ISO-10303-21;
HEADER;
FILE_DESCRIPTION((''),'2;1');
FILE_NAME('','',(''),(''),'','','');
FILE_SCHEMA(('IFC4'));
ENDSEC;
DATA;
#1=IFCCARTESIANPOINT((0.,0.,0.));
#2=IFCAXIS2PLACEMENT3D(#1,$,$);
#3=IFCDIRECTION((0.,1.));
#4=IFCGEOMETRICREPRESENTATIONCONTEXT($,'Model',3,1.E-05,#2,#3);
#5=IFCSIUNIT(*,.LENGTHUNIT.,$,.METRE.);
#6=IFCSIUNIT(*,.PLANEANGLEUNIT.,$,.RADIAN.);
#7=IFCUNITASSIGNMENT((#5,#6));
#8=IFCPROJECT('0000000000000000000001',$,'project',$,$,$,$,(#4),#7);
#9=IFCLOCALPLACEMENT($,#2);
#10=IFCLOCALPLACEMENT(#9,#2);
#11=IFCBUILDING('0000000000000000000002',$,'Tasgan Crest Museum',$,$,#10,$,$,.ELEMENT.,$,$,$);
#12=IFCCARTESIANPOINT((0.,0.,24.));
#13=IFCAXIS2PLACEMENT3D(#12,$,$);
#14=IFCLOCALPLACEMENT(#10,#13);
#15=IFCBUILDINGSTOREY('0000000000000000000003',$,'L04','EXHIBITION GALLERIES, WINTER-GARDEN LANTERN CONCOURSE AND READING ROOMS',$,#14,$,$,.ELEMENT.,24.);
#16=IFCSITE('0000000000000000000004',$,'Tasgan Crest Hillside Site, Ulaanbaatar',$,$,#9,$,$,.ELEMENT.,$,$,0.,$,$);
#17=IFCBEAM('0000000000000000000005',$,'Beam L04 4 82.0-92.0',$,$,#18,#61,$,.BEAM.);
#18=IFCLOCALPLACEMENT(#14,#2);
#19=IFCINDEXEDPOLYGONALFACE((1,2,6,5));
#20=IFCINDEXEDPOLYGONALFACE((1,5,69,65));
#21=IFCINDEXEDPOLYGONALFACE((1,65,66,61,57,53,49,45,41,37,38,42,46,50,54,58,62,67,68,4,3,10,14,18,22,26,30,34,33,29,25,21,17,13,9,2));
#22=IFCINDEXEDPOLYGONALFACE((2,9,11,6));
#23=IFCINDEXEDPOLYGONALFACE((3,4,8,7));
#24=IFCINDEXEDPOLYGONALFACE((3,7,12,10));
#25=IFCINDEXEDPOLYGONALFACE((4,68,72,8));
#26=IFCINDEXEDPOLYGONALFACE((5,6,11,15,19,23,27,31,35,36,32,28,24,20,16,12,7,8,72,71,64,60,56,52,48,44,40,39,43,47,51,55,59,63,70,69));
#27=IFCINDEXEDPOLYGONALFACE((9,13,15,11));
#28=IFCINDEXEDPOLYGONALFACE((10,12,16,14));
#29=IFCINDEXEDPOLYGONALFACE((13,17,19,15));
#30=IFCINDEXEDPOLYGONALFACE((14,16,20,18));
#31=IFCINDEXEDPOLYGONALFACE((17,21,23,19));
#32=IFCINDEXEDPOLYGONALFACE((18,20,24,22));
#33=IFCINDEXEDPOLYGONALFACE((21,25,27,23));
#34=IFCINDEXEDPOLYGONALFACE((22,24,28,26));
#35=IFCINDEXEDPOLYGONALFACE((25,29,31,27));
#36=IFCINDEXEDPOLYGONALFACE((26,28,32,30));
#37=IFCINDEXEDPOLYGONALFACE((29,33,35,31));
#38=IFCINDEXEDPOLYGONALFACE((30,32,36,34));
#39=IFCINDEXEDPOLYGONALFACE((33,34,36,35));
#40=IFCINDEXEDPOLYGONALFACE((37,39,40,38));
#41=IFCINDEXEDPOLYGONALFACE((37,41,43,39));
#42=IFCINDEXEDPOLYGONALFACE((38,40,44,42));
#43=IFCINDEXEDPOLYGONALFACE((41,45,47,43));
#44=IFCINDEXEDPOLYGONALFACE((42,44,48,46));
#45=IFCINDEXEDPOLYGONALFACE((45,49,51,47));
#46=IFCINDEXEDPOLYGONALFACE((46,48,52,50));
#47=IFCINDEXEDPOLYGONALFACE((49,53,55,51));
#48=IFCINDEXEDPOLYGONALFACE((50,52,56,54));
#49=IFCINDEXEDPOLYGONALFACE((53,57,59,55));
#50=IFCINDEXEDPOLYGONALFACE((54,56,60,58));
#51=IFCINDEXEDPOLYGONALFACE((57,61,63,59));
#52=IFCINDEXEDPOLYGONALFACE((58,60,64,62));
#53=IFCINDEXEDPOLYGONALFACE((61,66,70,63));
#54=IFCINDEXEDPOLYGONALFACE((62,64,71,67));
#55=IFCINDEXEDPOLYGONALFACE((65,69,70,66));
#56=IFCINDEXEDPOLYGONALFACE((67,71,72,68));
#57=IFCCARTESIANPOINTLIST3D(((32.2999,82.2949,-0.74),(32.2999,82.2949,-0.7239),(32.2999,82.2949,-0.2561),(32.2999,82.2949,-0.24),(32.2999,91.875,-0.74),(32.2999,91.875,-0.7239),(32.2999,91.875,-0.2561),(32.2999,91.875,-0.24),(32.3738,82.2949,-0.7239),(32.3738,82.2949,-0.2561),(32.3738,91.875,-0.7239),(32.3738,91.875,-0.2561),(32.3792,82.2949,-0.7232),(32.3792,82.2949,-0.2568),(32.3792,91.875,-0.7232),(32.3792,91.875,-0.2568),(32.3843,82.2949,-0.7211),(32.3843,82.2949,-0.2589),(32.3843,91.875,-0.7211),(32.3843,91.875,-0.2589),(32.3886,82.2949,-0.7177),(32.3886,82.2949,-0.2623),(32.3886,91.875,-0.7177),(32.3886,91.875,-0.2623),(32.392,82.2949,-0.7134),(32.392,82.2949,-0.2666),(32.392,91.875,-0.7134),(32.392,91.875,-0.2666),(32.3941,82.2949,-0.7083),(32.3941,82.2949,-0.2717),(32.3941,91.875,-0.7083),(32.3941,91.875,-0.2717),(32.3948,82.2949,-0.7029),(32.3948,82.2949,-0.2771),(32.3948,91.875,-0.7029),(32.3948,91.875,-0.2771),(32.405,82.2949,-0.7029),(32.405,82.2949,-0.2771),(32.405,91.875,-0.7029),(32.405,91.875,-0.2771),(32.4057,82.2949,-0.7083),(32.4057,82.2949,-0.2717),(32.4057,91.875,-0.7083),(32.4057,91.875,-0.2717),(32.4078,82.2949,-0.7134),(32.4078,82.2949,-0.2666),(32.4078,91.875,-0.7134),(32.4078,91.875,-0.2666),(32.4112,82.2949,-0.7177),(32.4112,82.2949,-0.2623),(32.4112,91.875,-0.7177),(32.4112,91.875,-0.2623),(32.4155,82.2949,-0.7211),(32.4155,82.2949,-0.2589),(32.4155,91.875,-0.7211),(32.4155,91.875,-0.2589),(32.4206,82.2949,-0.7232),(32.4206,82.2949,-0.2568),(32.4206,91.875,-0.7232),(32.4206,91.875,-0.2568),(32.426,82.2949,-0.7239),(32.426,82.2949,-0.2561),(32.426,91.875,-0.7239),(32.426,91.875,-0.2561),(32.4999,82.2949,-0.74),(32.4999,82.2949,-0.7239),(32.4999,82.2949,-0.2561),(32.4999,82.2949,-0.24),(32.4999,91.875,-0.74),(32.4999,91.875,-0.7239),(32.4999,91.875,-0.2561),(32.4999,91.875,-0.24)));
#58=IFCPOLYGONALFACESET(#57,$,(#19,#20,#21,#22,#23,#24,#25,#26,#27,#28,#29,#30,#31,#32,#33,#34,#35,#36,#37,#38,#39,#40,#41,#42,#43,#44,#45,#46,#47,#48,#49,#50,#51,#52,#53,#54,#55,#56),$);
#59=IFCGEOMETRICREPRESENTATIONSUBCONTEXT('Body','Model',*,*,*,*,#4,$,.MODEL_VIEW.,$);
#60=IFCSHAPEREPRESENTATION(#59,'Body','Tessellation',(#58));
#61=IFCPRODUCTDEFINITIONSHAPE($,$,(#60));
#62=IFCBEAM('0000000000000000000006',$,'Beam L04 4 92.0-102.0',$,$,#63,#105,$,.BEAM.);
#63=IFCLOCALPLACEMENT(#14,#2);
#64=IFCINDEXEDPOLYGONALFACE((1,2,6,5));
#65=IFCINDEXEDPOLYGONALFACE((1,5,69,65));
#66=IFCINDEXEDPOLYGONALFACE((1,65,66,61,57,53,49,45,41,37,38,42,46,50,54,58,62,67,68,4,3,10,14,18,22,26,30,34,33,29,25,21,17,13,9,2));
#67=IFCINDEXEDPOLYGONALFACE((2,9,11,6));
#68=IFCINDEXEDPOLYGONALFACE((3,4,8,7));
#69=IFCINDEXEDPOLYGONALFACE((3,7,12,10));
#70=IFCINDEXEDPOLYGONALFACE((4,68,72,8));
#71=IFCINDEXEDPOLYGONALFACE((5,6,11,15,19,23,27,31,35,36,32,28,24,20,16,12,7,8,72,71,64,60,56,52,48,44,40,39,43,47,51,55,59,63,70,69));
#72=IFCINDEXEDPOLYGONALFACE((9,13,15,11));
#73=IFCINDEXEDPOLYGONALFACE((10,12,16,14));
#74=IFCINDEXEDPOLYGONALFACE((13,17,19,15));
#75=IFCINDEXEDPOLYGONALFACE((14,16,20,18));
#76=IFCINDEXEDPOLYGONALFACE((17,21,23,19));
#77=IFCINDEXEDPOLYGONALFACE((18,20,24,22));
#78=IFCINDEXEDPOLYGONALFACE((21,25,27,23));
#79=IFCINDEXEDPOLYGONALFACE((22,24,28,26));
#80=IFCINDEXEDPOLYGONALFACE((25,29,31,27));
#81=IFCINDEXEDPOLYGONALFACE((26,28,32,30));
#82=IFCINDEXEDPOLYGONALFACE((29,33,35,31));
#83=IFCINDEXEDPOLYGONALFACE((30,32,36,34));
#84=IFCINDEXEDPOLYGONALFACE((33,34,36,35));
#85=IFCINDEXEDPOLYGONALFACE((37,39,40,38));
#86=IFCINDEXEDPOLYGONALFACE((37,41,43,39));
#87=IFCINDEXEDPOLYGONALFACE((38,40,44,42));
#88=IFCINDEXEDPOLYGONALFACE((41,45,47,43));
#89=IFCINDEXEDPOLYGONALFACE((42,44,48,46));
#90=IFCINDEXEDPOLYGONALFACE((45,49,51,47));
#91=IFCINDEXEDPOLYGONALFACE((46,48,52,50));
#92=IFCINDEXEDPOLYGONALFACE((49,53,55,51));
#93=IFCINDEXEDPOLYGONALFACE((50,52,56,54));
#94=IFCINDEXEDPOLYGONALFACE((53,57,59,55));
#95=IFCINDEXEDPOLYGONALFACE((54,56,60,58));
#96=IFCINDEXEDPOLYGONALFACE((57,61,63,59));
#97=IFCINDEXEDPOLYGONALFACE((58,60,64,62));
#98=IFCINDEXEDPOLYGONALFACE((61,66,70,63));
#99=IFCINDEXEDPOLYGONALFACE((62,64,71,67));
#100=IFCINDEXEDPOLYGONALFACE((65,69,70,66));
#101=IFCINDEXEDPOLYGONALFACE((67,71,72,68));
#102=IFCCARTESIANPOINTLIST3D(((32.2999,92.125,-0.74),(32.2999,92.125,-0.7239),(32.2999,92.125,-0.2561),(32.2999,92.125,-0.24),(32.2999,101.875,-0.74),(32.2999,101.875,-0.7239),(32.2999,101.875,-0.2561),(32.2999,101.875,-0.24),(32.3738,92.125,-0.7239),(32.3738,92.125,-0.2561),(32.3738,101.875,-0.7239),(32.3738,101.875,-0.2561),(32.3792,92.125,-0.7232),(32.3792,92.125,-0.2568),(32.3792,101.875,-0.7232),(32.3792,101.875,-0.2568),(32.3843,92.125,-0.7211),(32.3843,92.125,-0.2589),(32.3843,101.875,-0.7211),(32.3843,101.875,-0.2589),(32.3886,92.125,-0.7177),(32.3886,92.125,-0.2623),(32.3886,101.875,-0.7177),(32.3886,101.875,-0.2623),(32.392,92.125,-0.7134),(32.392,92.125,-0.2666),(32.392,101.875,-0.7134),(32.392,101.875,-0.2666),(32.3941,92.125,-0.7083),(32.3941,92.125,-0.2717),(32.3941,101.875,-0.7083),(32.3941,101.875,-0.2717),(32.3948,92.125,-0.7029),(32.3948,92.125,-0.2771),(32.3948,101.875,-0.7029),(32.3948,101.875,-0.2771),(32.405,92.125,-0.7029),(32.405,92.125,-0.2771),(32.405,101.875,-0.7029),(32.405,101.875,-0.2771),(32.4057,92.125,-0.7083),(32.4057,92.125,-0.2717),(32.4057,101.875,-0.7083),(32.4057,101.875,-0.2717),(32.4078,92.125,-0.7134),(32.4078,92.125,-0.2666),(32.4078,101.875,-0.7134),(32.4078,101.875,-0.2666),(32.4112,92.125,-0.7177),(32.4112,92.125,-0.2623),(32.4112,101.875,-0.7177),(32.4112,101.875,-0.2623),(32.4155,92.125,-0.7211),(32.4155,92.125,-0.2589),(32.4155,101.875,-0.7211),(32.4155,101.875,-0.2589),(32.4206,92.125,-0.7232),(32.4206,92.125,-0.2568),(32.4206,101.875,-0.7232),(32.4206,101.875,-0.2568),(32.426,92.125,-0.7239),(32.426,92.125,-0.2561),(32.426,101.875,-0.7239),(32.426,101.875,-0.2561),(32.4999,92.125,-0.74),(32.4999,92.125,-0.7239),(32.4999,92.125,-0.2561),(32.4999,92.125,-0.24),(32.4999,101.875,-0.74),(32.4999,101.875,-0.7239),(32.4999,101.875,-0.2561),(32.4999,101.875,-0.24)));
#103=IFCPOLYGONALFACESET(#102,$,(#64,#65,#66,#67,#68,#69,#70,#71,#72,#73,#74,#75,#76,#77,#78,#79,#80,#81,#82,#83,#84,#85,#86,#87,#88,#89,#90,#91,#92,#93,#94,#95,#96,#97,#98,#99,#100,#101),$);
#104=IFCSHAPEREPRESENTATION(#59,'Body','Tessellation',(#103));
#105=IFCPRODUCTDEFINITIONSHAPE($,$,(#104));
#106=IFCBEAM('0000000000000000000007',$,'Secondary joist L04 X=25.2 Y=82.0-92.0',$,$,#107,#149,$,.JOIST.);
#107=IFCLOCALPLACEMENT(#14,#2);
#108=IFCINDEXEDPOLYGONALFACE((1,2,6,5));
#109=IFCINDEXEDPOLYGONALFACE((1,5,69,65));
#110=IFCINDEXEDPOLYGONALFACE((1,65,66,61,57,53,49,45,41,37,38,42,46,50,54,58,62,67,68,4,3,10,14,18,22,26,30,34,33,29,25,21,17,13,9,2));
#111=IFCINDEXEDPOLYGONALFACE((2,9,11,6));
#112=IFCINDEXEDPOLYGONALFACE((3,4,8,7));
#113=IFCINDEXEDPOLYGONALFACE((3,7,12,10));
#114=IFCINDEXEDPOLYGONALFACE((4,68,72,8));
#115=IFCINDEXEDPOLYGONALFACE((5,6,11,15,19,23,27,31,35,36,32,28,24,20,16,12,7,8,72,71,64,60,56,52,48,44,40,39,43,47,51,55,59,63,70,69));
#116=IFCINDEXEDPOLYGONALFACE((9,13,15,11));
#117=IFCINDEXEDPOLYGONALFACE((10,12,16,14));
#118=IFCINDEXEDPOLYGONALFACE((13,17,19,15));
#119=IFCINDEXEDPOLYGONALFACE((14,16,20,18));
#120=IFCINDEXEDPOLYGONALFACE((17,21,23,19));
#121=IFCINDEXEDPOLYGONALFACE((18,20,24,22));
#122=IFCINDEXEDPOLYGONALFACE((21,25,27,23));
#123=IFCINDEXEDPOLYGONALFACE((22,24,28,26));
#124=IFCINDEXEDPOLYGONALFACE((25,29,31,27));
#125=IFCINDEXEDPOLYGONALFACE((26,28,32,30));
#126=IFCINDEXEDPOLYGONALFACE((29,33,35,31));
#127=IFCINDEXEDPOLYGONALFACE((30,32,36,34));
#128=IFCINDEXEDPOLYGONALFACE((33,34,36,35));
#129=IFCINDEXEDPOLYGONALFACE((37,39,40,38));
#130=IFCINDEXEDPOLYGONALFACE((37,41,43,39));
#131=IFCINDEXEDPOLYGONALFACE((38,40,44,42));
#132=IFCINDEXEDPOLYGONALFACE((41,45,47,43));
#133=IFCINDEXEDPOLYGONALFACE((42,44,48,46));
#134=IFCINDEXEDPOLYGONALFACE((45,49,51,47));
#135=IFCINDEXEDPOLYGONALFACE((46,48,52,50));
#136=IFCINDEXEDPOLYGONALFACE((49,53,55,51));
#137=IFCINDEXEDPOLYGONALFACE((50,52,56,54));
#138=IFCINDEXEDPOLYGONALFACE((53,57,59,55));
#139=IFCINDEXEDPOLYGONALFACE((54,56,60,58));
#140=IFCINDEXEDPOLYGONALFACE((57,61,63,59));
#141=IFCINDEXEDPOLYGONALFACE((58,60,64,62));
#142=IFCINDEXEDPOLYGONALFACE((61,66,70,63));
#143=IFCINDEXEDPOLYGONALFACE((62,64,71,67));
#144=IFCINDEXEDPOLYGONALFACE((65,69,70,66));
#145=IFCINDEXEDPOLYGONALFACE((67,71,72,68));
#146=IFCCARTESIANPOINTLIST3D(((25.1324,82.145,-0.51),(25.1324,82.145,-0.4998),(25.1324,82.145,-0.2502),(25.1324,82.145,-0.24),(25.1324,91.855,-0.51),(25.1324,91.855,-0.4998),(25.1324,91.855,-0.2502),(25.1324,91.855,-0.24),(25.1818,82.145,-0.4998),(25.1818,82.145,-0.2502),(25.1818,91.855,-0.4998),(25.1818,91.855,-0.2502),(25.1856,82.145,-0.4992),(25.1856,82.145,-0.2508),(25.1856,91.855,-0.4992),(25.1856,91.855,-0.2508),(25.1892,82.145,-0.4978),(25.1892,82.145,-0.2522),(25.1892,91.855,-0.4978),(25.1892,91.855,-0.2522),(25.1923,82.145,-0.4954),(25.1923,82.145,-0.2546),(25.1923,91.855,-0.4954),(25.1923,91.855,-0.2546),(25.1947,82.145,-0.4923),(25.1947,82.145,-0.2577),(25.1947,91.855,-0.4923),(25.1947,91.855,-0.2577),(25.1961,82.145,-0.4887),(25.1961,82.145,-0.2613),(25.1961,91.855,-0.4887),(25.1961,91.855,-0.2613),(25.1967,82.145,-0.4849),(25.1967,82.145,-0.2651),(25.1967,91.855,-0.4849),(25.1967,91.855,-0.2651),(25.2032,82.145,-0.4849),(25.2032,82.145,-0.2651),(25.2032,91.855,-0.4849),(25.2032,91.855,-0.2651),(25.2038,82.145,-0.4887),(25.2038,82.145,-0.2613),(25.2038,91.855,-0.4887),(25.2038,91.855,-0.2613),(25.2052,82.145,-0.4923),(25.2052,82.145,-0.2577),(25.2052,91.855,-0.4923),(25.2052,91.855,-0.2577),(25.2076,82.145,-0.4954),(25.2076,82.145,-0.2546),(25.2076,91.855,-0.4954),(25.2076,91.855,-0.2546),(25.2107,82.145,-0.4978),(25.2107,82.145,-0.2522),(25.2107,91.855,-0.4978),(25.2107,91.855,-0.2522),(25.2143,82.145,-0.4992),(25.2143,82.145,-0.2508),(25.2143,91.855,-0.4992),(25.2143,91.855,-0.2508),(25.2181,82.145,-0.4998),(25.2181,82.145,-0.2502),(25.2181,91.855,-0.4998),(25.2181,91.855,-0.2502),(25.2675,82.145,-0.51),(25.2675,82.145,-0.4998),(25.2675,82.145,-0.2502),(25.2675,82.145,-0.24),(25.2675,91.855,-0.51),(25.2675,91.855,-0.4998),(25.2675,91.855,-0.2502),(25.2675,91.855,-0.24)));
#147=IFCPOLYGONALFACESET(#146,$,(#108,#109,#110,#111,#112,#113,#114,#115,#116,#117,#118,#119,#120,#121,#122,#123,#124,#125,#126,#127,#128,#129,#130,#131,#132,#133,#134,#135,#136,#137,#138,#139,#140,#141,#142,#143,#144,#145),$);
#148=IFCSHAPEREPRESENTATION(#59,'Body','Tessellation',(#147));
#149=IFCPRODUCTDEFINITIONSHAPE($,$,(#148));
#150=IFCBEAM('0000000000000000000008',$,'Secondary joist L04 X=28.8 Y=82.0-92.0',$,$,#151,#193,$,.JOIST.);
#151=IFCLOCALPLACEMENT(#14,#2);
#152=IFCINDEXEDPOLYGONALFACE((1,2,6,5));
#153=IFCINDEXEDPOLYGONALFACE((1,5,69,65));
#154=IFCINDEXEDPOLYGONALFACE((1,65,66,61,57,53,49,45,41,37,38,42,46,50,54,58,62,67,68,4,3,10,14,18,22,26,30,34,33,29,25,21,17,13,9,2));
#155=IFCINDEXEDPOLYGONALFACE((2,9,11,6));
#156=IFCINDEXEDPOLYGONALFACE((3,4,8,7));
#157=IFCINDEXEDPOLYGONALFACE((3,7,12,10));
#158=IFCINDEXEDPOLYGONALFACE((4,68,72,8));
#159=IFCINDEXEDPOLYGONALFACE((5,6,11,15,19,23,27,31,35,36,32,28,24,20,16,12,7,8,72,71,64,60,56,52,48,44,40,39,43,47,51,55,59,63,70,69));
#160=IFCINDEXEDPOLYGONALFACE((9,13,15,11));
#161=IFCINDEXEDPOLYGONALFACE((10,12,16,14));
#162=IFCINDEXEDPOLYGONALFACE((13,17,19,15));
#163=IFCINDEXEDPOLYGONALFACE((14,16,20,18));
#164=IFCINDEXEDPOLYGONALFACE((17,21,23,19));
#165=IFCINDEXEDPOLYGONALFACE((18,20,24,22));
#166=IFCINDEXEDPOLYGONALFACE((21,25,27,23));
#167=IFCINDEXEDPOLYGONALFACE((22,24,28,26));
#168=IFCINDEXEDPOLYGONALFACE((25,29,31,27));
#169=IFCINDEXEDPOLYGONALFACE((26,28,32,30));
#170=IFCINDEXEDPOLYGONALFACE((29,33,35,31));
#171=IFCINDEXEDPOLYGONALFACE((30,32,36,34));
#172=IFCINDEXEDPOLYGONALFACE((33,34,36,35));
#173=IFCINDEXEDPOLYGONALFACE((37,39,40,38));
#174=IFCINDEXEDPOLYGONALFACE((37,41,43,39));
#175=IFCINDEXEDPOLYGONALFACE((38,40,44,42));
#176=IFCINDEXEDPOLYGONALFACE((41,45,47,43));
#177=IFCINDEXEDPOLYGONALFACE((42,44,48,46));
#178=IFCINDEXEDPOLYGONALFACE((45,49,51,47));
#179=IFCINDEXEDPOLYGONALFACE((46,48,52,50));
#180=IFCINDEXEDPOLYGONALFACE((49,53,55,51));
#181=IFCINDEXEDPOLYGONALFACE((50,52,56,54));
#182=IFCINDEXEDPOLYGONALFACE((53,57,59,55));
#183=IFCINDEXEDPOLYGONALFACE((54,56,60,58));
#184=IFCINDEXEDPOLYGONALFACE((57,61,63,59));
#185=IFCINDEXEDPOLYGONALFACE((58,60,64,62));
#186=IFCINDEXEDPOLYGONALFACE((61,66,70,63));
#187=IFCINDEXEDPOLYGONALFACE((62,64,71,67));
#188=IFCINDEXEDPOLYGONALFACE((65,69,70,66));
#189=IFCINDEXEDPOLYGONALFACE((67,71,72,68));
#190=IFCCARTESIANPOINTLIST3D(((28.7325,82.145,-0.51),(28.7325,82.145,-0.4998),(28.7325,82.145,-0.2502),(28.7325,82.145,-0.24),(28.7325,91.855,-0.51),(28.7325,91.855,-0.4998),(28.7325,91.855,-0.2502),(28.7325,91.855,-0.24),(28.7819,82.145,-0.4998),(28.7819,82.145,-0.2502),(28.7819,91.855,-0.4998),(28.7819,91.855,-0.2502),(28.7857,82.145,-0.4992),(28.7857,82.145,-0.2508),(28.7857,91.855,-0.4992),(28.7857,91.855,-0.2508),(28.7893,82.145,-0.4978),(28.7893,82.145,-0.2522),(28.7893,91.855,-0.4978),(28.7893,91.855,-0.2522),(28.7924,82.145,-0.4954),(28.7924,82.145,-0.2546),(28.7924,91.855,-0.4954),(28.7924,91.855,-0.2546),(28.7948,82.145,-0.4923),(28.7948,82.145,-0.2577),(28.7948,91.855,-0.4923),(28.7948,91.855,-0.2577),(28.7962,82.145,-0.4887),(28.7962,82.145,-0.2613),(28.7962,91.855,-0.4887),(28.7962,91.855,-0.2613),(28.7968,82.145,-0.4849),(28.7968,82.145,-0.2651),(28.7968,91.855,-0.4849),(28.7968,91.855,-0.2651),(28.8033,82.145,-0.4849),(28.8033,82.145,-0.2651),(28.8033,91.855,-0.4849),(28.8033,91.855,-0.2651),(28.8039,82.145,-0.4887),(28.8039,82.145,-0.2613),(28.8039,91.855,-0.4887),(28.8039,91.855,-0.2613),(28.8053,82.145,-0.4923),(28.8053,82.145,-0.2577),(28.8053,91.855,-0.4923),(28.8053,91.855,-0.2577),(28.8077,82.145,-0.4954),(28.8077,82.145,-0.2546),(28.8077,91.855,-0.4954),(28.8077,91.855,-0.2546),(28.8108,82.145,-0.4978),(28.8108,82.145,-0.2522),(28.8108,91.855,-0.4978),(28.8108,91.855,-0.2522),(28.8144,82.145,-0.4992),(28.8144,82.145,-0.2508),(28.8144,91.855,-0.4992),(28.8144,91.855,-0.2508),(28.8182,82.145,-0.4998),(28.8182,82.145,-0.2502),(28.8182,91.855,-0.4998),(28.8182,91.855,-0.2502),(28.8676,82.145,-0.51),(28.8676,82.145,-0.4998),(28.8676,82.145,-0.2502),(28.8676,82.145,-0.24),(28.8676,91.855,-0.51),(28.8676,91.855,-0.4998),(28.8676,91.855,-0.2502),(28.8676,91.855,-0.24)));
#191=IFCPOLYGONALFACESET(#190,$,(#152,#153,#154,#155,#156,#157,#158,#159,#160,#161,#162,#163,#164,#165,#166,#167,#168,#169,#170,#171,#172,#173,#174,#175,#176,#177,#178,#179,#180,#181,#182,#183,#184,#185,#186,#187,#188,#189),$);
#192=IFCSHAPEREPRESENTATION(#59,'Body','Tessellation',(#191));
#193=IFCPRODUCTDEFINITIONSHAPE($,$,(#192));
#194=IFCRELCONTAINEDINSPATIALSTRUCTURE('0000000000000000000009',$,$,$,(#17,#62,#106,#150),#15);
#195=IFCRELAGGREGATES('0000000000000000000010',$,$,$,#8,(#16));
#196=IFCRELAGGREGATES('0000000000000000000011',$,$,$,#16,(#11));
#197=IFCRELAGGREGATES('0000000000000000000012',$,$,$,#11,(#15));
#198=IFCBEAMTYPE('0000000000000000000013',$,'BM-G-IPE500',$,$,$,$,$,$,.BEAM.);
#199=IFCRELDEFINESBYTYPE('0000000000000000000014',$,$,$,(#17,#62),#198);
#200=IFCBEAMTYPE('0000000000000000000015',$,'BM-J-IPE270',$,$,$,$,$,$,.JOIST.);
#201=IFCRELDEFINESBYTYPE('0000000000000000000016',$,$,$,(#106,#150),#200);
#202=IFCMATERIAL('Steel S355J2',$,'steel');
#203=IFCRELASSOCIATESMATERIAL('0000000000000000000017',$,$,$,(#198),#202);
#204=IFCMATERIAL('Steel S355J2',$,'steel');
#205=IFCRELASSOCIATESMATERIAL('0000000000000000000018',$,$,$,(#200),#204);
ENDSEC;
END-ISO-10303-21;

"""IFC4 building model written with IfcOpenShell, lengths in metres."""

from ifc_helpers import new_model, si_unit, direction, frame, origin, origin_2d, place, context, subcontext, project, spatial, i_section, extrude, material, material_profile, profile_set, type_object, element, save


model = new_model("IFC4")

# Units and contexts
model_context = context("Model", 3, precision=1e-05, world=origin(), true_north=direction((0.0, 1.0)))
body_context = subcontext(model_context, "Body", "Model", "MODEL_VIEW")
ifc_project = project(units=[si_unit("LENGTHUNIT", "METRE"), si_unit("PLANEANGLEUNIT", "RADIAN")], contexts=[model_context])

# Site, building, storey
site_placement = place(None, origin())
site = spatial("IfcSite", under=ifc_project, at=site_placement, Name="Tasgan Crest Hillside Site, Ulaanbaatar", CompositionType="ELEMENT", RefElevation=0.0)
building_placement = place(site_placement, origin())
building = spatial("IfcBuilding", under=site, at=building_placement, Name="Tasgan Crest Museum", CompositionType="ELEMENT")
storey_placement = place(building_placement, frame((0.0, 0.0, 24.0)))
storey = spatial("IfcBuildingStorey", under=building, at=storey_placement, Name="L04", Description="EXHIBITION GALLERIES, WINTER-GARDEN LANTERN CONCOURSE AND READING ROOMS", CompositionType="ELEMENT", Elevation=24.0)

# Beams
ifc_material_1 = material(Name="Steel S355J2", Category="steel")
ifc_material_profile_1 = material_profile(ifc_material_1, i_section(OverallWidth=0.2, OverallDepth=0.5, WebThickness=0.0103, FlangeThickness=0.0161, FilletRadius=0.021, at=origin_2d()), Name="IPE 500")
ifc_profile_set_1 = profile_set([ifc_material_profile_1], Name="Steel S355J2")
beam_type_1 = type_object("IfcBeamType", Name="BM-G-IPE500", PredefinedType="BEAM", material=ifc_profile_set_1)
for number, where, z_axis, x_axis, name in (
    (1, (32.3999, 82.2949, -0.49), (0.0, 1.0, 0.0), (-1.0, 0.0, 0.0), "Beam L04 4 82.0-92.0"),
):
    element("IfcBeam", number, at=place(storey_placement, frame(where, z_axis=z_axis, x_axis=x_axis)), inside=storey, type_object=beam_type_1, Name=name, PredefinedType="BEAM", context=body_context, shape_type="SweptSolid", body=[
        extrude(i_section(OverallWidth=0.2, OverallDepth=0.5, WebThickness=0.0103, FlangeThickness=0.0161, FilletRadius=0.021, at=origin_2d()), origin(), (0.0, 0.0, 1.0), 9.5801),
    ])
beam_1_placement = place(storey_placement, frame((32.3999, 92.125, -0.49), z_axis=(0.0, 1.0, 0.0), x_axis=(-1.0, 0.0, 0.0)))
element("IfcBeam", 2, at=beam_1_placement, inside=storey, type_object=beam_type_1, Name="Beam L04 4 92.0-102.0", PredefinedType="BEAM", context=body_context, shape_type="SweptSolid", body=[
    extrude(i_section(OverallWidth=0.2, OverallDepth=0.5, WebThickness=0.0103, FlangeThickness=0.0161, FilletRadius=0.021, at=origin_2d()), origin(), (0.0, 0.0, 1.0), 9.75),
])
ifc_material_2 = material(Name="Steel S355J2", Category="steel")
ifc_material_profile_2 = material_profile(ifc_material_2, i_section(OverallWidth=0.135, OverallDepth=0.27, WebThickness=0.0066, FlangeThickness=0.0103, FilletRadius=0.0149, at=origin_2d()), Name="IPE 270")
ifc_profile_set_2 = profile_set([ifc_material_profile_2], Name="Steel S355J2")
beam_type_2 = type_object("IfcBeamType", Name="BM-J-IPE270", PredefinedType="JOIST", material=ifc_profile_set_2)
for number, where, z_axis, x_axis, name in (
    (3, (25.2, 82.145, -0.375), (0.0, 1.0, 0.0), (-1.0, 0.0, 0.0), "Secondary joist L04 X=25.2 Y=82.0-92.0"),
    (4, (28.8, 82.145, -0.375), (0.0, 1.0, 0.0), (-1.0, 0.0, 0.0), "Secondary joist L04 X=28.8 Y=82.0-92.0"),
):
    element("IfcBeam", number, at=place(storey_placement, frame(where, z_axis=z_axis, x_axis=x_axis)), inside=storey, type_object=beam_type_2, Name=name, PredefinedType="JOIST", context=body_context, shape_type="SweptSolid", body=[
        extrude(i_section(OverallWidth=0.135, OverallDepth=0.27, WebThickness=0.0066, FlangeThickness=0.0103, FilletRadius=0.0149, at=origin_2d()), origin(), (0.0, 0.0, 1.0), 9.71),
    ])

save(model, "model.ifc")
